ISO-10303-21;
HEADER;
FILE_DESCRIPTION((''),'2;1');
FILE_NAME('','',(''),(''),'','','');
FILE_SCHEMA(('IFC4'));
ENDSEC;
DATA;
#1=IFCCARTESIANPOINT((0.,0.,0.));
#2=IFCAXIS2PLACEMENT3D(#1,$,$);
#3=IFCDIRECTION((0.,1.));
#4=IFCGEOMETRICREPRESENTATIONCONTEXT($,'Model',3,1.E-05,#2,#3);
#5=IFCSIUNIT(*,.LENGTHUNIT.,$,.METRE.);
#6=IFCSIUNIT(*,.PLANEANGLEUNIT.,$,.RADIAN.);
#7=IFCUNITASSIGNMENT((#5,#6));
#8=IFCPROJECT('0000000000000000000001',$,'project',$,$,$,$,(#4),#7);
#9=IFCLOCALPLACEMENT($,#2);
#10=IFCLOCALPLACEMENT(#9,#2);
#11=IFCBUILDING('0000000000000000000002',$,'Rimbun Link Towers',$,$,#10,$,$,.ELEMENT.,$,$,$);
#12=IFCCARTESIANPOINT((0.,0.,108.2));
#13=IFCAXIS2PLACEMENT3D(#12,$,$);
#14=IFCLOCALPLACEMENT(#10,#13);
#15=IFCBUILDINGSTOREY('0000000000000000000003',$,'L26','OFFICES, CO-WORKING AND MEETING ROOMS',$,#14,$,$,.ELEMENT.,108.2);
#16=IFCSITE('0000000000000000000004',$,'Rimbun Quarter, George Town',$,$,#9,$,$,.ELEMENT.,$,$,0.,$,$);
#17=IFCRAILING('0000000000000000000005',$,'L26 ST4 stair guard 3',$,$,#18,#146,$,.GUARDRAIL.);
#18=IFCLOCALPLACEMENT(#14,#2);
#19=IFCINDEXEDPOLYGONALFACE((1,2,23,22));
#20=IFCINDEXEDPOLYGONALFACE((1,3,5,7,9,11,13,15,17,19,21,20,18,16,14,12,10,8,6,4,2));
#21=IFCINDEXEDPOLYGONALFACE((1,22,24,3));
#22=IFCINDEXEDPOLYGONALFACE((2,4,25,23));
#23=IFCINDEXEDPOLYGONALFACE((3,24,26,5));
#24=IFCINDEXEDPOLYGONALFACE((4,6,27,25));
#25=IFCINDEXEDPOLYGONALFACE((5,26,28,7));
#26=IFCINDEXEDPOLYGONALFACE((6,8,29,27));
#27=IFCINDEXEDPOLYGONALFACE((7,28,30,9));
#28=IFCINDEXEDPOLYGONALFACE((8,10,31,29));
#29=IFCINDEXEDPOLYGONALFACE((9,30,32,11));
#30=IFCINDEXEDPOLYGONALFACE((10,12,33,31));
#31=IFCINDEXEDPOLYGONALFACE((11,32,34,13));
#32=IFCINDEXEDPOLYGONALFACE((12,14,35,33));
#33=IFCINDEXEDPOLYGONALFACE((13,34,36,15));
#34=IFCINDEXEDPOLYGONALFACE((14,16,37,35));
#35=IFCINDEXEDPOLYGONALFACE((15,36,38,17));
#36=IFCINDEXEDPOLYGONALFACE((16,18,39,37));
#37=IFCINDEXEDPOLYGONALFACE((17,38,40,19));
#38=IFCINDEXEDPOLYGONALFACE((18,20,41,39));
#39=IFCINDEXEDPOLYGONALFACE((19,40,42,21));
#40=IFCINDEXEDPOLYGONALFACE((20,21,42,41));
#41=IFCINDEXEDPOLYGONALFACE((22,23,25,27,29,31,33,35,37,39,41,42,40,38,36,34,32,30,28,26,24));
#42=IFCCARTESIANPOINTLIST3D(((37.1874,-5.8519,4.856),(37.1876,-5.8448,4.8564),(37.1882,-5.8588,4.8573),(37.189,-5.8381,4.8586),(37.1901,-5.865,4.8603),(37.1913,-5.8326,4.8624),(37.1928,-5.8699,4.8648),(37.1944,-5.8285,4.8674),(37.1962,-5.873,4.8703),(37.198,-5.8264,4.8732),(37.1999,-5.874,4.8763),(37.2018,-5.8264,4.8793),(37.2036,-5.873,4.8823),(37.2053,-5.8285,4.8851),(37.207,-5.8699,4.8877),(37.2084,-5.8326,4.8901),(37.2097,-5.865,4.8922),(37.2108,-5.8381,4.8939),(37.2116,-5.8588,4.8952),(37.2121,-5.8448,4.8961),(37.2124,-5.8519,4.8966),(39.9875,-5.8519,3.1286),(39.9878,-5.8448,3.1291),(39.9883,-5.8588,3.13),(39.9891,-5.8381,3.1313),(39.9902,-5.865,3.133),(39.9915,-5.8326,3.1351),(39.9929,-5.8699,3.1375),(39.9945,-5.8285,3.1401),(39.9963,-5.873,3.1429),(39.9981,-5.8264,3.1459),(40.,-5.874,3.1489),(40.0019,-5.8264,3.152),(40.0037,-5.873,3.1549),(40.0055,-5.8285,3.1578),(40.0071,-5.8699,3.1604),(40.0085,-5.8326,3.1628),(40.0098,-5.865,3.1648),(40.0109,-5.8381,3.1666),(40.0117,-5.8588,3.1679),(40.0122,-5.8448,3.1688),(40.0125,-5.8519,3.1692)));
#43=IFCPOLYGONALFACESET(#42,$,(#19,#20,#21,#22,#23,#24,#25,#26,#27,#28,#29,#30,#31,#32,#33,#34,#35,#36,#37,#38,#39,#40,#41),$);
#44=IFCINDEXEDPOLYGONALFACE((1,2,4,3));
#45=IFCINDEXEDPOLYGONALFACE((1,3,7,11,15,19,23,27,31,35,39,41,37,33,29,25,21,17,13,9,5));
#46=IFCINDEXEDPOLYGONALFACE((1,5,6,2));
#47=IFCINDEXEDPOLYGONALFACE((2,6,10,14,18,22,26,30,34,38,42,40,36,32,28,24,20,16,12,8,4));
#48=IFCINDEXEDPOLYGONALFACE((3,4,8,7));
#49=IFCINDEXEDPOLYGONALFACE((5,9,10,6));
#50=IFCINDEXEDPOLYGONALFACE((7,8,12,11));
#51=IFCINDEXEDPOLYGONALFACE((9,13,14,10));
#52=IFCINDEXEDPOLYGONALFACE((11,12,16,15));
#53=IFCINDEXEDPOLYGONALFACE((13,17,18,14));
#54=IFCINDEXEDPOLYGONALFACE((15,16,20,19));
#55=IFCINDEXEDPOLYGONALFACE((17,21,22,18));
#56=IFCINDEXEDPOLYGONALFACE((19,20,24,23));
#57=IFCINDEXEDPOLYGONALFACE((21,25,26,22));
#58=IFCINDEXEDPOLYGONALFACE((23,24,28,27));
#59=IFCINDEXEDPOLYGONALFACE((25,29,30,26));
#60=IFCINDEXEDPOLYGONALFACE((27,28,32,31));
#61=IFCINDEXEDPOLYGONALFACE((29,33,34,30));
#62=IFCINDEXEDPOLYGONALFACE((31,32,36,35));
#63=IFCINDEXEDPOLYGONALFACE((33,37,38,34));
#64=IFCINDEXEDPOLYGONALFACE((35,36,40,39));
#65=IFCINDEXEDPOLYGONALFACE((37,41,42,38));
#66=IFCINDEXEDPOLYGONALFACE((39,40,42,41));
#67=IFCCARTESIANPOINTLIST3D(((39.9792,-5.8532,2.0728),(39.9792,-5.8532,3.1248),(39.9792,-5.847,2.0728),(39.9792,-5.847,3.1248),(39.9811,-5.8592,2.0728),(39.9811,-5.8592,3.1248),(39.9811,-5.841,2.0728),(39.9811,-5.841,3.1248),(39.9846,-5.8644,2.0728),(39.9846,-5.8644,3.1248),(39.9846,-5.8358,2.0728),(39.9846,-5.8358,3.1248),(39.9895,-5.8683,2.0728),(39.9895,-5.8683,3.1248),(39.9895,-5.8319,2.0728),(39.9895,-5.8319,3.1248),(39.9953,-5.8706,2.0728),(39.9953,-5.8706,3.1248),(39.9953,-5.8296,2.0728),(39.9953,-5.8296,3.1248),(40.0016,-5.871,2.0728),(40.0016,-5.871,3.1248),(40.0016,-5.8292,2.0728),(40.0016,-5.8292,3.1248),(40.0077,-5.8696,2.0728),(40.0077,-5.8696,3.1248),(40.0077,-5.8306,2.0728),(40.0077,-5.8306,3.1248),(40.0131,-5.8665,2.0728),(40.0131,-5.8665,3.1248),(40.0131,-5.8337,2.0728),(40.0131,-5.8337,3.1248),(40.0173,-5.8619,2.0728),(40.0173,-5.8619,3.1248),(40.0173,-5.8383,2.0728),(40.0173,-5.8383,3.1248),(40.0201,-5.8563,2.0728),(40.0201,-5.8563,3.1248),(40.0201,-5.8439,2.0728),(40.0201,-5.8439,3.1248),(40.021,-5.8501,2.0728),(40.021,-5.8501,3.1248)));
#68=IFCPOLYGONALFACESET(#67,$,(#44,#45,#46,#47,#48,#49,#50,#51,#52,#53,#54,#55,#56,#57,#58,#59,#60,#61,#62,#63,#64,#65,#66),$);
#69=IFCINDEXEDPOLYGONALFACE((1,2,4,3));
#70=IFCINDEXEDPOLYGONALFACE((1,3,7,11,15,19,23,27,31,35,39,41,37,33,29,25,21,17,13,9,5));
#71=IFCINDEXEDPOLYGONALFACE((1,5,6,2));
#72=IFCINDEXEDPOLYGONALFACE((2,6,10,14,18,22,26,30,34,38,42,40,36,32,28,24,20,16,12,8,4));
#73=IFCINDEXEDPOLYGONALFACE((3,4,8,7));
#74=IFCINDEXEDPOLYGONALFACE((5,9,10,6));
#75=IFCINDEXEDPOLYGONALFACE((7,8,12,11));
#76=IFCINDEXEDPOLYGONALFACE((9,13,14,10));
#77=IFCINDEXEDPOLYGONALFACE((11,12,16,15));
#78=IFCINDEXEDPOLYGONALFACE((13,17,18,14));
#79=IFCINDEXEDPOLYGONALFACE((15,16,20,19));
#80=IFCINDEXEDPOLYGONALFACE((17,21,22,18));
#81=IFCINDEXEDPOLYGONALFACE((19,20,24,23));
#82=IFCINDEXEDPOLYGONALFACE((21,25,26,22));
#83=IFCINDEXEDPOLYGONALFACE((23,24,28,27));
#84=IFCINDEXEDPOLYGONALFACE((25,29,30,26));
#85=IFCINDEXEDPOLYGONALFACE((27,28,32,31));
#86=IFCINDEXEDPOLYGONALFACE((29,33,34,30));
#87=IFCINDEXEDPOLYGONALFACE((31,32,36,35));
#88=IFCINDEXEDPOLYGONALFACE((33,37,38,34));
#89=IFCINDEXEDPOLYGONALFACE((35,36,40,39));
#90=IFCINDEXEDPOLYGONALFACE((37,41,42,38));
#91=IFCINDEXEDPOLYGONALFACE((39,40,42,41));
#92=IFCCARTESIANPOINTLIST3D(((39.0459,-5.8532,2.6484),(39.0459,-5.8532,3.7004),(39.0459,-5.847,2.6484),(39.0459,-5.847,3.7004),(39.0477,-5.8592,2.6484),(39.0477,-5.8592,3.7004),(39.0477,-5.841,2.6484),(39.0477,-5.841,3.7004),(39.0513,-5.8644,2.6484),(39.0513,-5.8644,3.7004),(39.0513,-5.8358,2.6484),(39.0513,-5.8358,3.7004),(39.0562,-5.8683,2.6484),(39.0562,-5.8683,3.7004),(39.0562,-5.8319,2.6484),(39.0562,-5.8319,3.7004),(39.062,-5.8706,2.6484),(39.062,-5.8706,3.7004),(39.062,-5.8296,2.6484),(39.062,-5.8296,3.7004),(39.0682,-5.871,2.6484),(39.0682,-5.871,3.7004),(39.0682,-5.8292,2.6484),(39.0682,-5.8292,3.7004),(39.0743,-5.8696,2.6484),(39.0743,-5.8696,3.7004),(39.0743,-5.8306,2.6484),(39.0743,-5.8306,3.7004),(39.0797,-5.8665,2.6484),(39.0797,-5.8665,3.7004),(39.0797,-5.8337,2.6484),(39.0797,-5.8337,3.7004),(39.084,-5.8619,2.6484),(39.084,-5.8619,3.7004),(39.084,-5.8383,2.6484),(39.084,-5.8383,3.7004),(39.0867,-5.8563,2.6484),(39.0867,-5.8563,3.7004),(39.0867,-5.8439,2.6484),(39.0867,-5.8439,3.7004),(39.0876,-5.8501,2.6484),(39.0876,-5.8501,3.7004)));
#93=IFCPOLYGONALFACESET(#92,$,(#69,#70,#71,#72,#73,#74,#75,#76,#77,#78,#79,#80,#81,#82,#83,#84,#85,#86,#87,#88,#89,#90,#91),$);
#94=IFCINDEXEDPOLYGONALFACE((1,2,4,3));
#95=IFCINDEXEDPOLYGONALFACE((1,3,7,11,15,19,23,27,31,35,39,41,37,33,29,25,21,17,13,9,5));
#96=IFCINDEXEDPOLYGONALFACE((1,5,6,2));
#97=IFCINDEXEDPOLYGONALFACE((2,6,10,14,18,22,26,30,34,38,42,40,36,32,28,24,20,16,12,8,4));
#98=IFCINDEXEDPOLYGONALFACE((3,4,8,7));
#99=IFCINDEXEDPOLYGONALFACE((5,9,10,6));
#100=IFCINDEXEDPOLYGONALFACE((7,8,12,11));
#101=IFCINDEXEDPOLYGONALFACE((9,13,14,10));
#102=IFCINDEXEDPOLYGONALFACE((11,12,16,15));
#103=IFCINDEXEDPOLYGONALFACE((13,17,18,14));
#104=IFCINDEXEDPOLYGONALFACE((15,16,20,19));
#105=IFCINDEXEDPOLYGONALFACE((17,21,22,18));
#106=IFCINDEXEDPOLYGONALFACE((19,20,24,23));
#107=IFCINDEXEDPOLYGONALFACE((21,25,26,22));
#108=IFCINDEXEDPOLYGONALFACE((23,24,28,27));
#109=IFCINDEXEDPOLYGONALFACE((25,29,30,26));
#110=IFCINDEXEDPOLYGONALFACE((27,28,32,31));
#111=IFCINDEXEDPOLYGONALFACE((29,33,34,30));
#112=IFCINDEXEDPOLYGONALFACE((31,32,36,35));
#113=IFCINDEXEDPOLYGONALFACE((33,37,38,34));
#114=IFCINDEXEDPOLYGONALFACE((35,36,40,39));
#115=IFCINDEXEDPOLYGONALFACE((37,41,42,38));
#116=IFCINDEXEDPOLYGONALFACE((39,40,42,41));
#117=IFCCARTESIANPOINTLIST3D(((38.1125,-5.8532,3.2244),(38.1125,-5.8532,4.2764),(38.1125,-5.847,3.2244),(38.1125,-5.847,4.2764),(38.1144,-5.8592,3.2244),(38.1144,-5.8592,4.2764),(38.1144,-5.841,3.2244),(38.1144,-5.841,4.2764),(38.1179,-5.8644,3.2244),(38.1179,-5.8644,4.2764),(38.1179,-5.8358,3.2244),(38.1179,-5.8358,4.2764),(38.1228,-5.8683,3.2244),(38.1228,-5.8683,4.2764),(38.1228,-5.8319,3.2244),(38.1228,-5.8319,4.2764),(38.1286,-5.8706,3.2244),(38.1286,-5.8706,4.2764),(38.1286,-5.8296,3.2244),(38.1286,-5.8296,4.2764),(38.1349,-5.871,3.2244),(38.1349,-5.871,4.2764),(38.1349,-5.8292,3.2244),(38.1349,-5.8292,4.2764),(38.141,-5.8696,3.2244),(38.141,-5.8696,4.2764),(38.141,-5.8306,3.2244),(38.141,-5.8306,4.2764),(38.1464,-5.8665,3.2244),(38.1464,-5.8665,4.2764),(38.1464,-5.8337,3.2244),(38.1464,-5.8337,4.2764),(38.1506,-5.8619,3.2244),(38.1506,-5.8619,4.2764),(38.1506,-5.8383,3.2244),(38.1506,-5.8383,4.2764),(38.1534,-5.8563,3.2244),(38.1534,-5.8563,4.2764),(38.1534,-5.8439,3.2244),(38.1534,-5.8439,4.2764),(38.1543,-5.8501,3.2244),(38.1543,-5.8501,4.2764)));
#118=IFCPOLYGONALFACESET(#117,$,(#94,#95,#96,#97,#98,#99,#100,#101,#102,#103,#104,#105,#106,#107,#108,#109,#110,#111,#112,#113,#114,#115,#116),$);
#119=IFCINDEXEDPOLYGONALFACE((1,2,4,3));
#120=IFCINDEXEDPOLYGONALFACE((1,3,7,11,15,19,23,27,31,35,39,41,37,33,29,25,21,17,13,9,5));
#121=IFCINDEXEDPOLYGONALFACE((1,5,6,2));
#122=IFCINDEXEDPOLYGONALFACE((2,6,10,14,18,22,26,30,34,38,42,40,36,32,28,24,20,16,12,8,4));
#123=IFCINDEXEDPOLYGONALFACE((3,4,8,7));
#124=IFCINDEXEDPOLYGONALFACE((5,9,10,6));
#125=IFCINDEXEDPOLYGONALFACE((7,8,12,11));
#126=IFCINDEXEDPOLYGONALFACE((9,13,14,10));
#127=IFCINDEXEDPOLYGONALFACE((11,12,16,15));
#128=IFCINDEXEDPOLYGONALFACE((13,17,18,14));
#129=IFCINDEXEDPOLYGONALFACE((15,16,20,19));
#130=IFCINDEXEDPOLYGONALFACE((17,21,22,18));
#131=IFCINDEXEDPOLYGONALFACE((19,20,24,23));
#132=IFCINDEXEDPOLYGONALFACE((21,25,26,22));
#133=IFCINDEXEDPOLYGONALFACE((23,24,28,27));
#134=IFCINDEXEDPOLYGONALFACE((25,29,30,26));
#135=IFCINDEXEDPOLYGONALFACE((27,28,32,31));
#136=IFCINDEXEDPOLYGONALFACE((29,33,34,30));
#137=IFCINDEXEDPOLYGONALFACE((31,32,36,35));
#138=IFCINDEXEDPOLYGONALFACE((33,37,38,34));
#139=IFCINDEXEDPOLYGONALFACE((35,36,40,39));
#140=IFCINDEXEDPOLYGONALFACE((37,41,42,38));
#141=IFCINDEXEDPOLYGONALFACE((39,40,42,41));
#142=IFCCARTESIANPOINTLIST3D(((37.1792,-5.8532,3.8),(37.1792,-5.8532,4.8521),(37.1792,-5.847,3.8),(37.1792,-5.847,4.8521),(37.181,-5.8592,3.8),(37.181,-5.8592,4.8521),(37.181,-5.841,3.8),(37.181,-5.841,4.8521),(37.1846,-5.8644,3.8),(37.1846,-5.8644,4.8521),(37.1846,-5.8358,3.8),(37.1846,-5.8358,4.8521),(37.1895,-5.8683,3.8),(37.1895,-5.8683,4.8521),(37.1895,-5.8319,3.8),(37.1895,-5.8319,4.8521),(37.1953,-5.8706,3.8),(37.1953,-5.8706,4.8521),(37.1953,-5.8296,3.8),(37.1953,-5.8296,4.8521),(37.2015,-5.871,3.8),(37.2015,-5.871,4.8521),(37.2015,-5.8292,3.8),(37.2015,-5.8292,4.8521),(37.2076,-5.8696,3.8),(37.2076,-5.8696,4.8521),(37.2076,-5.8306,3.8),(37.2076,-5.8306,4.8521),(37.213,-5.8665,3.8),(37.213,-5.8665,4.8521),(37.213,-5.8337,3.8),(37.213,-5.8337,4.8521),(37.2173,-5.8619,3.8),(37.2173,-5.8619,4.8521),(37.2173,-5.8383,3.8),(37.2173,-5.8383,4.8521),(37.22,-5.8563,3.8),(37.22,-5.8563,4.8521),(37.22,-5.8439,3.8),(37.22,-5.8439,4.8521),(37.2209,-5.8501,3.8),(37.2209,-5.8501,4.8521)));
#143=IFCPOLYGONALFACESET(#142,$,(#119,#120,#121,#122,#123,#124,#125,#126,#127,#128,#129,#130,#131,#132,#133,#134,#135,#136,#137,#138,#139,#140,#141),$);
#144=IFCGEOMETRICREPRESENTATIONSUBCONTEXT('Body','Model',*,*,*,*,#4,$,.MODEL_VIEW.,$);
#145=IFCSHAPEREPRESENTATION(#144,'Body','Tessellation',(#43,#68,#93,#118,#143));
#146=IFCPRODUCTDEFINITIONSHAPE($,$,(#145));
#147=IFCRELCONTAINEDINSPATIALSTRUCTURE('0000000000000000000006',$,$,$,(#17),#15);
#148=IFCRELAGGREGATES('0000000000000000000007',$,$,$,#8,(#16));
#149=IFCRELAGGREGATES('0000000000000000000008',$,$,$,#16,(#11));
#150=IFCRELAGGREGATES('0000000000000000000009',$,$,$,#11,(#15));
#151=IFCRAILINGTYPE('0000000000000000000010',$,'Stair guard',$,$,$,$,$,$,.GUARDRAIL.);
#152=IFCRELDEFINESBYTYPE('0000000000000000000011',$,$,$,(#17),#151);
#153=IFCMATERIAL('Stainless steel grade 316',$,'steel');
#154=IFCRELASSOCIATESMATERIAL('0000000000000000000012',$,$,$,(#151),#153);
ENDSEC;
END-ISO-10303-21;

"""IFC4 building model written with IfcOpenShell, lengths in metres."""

from ifc_helpers import new_model, si_unit, direction, frame, origin, origin_2d, place, context, subcontext, project, spatial, circle, extrude, material, type_object, element, save


model = new_model("IFC4")

# Units and contexts
model_context = context("Model", 3, precision=1e-05, world=origin(), true_north=direction((0.0, 1.0)))
body_context = subcontext(model_context, "Body", "Model", "MODEL_VIEW")
ifc_project = project(units=[si_unit("LENGTHUNIT", "METRE"), si_unit("PLANEANGLEUNIT", "RADIAN")], contexts=[model_context])

# Site, building, storey
site_placement = place(None, origin())
site = spatial("IfcSite", under=ifc_project, at=site_placement, Name="Rimbun Quarter, George Town", CompositionType="ELEMENT", RefElevation=0.0)
building_placement = place(site_placement, origin())
building = spatial("IfcBuilding", under=site, at=building_placement, Name="Rimbun Link Towers", CompositionType="ELEMENT")
storey_placement = place(building_placement, frame((0.0, 0.0, 108.2)))
storey = spatial("IfcBuildingStorey", under=building, at=storey_placement, Name="L26", Description="OFFICES, CO-WORKING AND MEETING ROOMS", CompositionType="ELEMENT", Elevation=108.2)

# Railing
ifc_material_1 = material(Name="Stainless steel grade 316", Category="steel")
railing_type_1 = type_object("IfcRailingType", Name="Stair guard", PredefinedType="GUARDRAIL", material=ifc_material_1)
railing_1_placement = place(storey_placement, frame((40.0, -5.8501, 2.0728)))
element("IfcRailing", 1, at=railing_1_placement, inside=storey, type_object=railing_type_1, Name="L26 ST4 stair guard 3", PredefinedType="GUARDRAIL", context=body_context, shape_type="SweptSolid", body=[
    extrude(circle(Radius=0.0239, at=origin_2d()), frame((0.0, 0.0, 1.0762), z_axis=(-0.85109, 0.0, 0.52502), x_axis=(0.0, -1.0, 0.0)), (0.0, 0.0, 1.0), 3.29),
    extrude(circle(Radius=0.021, at=origin_2d()), origin(), (0.0, 0.0, 1.0), 1.052),
    extrude(circle(Radius=0.021, at=origin_2d()), frame((-0.9333, 0.0, 0.5757)), (0.0, 0.0, 1.0), 1.052),
    extrude(circle(Radius=0.021, at=origin_2d()), frame((-1.8667, 0.0, 1.1516)), (0.0, 0.0, 1.0), 1.052),
    extrude(circle(Radius=0.021, at=origin_2d()), frame((-2.8, 0.0, 1.7273)), (0.0, 0.0, 1.0), 1.052),
])

save(model, "model.ifc")
